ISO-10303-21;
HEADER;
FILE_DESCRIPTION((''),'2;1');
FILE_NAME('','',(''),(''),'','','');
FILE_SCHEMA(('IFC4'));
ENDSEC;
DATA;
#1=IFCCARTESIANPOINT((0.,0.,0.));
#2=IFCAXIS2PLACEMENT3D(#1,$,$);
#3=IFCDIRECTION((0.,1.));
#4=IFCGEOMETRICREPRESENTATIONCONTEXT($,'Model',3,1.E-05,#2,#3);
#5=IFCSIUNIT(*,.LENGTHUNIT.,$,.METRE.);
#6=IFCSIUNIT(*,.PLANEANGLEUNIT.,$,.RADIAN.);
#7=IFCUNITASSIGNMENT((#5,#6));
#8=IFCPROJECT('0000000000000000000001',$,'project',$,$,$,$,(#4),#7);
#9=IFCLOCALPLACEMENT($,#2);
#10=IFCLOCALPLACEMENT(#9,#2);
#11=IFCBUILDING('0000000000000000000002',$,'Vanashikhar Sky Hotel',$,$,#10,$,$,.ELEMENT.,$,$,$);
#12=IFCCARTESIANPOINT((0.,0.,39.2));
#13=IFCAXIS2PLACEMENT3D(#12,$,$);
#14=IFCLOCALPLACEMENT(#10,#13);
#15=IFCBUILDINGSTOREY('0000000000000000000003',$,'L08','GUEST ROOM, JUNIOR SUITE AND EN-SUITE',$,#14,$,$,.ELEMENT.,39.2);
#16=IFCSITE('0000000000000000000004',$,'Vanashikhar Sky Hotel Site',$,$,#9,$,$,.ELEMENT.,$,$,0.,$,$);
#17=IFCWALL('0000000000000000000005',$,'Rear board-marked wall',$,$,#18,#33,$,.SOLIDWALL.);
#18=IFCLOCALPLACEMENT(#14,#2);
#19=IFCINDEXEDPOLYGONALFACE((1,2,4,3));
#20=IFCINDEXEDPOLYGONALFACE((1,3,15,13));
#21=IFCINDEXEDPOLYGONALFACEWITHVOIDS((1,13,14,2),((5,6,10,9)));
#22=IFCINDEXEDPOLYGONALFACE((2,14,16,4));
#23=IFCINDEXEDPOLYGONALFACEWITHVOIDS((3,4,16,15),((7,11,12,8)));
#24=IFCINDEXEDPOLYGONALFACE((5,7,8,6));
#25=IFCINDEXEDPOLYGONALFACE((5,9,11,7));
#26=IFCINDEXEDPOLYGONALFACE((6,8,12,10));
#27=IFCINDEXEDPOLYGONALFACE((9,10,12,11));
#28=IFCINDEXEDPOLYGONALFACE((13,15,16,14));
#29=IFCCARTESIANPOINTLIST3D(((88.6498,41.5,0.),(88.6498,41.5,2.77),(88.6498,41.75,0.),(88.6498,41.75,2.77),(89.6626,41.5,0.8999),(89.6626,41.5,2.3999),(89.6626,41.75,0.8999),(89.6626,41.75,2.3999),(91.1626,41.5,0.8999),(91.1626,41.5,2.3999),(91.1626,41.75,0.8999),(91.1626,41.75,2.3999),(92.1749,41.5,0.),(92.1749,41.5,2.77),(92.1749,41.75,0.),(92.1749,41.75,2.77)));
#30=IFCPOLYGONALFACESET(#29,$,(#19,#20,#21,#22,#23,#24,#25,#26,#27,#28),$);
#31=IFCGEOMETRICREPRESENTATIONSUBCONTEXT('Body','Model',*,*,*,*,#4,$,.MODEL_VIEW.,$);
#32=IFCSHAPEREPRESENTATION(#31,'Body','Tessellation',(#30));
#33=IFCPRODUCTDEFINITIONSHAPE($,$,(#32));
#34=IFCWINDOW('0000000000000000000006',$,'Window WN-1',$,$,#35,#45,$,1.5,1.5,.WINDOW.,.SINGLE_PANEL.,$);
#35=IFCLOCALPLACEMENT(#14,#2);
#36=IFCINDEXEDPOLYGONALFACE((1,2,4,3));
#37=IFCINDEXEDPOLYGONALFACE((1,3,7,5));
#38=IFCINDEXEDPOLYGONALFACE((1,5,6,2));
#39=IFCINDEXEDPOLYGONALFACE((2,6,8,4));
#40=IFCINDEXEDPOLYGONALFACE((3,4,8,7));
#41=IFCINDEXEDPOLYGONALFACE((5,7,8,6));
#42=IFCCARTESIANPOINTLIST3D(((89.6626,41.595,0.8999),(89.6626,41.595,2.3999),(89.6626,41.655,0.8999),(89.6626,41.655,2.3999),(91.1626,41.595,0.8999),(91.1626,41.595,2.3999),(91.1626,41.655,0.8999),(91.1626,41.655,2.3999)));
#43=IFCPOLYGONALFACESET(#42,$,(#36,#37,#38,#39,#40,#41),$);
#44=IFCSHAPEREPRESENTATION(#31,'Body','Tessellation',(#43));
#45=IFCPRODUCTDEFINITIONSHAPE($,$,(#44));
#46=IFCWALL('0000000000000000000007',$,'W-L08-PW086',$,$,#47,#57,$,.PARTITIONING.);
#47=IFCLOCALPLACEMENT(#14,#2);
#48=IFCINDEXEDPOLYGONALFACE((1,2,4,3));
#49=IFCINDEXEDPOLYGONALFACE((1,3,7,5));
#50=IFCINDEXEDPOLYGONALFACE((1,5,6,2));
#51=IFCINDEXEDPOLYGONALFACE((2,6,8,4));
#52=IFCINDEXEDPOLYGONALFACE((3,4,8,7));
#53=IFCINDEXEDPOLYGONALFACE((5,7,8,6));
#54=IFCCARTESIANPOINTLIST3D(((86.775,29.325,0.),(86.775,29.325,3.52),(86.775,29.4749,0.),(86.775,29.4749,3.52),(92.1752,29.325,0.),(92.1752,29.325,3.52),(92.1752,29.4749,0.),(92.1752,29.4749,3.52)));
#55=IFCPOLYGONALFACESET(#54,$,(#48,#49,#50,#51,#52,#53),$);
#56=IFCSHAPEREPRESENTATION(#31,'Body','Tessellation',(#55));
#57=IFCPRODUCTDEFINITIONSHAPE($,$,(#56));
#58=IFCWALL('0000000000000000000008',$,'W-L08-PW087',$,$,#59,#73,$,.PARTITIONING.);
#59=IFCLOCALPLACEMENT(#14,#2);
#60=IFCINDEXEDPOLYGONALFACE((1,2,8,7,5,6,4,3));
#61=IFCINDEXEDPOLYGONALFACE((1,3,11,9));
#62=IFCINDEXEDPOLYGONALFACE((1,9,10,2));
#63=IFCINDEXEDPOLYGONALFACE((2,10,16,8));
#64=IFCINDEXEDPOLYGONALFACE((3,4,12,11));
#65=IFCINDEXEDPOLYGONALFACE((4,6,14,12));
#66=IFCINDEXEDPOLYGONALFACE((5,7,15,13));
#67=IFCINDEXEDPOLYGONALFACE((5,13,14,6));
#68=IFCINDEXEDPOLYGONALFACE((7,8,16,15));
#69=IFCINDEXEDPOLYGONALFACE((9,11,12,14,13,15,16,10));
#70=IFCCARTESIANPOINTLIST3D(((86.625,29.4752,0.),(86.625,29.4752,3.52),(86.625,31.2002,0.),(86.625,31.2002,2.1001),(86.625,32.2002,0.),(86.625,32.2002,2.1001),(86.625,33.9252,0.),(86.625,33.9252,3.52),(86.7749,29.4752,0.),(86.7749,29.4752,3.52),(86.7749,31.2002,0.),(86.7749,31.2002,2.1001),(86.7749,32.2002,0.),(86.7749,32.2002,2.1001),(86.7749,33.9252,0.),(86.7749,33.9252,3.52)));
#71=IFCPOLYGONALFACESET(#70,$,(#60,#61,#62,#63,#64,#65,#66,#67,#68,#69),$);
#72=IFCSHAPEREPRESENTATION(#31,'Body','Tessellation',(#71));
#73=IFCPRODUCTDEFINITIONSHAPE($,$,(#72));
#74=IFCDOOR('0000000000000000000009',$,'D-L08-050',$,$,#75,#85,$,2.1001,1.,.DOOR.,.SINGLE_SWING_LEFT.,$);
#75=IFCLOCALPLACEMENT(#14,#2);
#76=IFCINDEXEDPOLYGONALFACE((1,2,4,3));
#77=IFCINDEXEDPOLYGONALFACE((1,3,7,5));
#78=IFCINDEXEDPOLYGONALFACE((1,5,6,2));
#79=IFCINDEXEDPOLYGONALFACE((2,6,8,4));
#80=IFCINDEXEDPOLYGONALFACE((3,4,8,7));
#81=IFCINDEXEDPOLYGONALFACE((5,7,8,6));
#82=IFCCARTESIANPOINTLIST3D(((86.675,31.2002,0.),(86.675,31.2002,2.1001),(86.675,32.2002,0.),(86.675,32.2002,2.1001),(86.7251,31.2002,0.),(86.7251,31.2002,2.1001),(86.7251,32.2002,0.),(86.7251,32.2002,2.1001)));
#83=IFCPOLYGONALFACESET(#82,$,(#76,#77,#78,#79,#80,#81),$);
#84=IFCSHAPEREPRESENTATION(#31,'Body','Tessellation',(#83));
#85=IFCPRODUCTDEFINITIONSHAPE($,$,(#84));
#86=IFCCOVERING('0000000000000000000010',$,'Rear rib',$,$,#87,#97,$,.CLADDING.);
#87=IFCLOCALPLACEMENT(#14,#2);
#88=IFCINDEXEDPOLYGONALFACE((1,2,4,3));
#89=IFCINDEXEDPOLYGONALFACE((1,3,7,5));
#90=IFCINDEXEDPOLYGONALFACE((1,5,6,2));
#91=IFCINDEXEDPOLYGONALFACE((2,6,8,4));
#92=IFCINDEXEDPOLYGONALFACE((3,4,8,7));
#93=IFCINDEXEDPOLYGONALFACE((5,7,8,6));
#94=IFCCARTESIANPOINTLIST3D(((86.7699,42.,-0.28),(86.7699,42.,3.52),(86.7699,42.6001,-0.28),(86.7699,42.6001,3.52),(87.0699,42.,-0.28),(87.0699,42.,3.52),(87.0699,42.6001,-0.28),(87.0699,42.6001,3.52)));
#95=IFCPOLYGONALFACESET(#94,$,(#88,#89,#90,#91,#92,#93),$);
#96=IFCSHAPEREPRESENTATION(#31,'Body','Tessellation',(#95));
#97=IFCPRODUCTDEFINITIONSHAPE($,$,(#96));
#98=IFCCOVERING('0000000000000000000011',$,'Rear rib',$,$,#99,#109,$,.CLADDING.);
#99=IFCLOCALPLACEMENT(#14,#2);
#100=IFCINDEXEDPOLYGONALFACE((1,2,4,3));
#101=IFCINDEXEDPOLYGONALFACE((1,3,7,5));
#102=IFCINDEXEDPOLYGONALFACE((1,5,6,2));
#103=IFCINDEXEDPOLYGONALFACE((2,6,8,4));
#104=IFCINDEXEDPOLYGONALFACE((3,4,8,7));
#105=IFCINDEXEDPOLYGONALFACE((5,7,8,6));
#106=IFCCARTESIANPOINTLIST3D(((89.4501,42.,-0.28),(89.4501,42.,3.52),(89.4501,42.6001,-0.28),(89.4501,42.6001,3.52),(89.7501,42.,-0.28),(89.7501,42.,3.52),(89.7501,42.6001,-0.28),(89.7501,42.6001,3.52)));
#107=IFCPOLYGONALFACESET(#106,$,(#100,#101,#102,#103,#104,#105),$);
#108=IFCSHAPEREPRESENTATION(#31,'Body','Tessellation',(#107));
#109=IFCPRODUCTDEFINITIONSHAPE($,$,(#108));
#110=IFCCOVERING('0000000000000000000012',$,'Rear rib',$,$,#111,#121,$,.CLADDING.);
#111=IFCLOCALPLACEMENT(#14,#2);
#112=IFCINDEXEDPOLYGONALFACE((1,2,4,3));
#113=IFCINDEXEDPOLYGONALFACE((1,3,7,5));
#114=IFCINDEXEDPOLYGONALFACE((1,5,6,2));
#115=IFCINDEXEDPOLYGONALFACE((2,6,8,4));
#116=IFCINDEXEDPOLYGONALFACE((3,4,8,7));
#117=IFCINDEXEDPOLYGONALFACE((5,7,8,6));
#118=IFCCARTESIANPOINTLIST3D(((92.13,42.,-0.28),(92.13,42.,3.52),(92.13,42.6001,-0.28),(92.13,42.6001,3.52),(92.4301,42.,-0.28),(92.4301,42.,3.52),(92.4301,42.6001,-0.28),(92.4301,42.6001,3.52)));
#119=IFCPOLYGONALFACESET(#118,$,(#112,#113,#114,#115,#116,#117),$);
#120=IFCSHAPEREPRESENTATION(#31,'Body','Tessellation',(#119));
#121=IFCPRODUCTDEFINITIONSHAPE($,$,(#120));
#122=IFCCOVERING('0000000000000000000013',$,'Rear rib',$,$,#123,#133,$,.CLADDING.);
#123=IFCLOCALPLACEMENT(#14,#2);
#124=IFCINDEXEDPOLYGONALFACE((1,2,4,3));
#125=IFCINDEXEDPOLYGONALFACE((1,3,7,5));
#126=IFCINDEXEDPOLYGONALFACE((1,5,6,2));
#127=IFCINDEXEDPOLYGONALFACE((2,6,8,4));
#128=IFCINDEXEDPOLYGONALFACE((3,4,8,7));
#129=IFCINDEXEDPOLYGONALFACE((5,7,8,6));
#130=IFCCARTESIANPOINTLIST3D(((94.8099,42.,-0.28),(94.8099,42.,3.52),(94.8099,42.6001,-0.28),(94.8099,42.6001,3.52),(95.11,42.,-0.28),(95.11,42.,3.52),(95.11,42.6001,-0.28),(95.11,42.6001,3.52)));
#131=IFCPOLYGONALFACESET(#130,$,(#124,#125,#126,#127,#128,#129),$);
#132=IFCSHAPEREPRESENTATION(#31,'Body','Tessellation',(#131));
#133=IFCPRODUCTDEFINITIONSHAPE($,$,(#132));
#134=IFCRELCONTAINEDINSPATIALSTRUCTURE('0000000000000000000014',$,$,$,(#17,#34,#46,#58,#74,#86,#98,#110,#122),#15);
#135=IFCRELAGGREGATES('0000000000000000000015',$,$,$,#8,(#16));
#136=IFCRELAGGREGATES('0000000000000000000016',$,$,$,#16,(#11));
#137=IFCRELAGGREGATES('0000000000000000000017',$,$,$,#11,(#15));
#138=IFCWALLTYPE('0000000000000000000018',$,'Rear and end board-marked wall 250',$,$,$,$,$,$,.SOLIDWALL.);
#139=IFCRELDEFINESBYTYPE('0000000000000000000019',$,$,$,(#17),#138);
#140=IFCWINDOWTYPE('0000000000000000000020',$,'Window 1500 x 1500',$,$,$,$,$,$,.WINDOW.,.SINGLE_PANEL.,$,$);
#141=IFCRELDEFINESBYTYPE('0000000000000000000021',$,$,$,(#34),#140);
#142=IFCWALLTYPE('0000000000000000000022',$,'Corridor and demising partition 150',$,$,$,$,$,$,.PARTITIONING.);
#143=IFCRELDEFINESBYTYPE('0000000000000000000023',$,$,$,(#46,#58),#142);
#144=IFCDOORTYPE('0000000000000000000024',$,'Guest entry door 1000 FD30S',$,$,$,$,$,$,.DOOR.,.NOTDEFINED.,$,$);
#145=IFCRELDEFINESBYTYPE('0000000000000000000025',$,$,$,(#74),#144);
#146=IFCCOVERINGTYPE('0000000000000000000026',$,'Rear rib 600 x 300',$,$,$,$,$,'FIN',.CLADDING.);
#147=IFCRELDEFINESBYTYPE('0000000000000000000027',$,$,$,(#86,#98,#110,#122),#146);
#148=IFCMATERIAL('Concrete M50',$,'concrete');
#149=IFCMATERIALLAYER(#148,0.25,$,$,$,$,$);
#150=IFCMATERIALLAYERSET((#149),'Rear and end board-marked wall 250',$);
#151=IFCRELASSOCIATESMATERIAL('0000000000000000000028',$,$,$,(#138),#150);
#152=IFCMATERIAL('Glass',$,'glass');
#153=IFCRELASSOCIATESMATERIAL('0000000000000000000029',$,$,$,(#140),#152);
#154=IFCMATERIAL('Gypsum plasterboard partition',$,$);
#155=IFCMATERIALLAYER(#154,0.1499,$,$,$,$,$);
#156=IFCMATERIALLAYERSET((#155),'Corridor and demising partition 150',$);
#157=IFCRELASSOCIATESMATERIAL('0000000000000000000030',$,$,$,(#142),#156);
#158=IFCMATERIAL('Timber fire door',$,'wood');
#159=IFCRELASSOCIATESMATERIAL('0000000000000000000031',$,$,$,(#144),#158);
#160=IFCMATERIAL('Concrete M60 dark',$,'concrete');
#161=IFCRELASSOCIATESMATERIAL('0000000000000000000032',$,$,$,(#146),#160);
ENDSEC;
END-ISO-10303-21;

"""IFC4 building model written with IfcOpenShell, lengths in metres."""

from ifc_helpers import new_model, si_unit, direction, frame, frame_2d, origin, origin_2d, place, context, subcontext, project, spatial, rectangle, extrude, source, transform, mapped, material, layer, layer_set, material_profile, profile_set, type_object, element, fill, save


model = new_model("IFC4")

# Units and contexts
model_context = context("Model", 3, precision=1e-05, world=origin(), true_north=direction((0.0, 1.0)))
body_context = subcontext(model_context, "Body", "Model", "MODEL_VIEW")
ifc_project = project(units=[si_unit("LENGTHUNIT", "METRE"), si_unit("PLANEANGLEUNIT", "RADIAN")], contexts=[model_context])

# Site, building, storey
site_placement = place(None, origin())
site = spatial("IfcSite", under=ifc_project, at=site_placement, Name="Vanashikhar Sky Hotel Site", CompositionType="ELEMENT", RefElevation=0.0)
building_placement = place(site_placement, origin())
building = spatial("IfcBuilding", under=site, at=building_placement, Name="Vanashikhar Sky Hotel", CompositionType="ELEMENT")
storey_placement = place(building_placement, frame((0.0, 0.0, 39.2)))
storey = spatial("IfcBuildingStorey", under=building, at=storey_placement, Name="L08", Description="GUEST ROOM, JUNIOR SUITE AND EN-SUITE", CompositionType="ELEMENT", Elevation=39.2)

# Shared definitions
ifc_material_1 = material(Name="Concrete M50", Category="concrete")

# Wall, opening, window
ifc_material_2 = material(Name="Glass", Category="glass")
ifc_layer_1 = layer(ifc_material_1, 0.25)
ifc_layer_set_1 = layer_set([ifc_layer_1], Name="Rear and end board-marked wall 250")
wall_type_1 = type_object("IfcWallType", Name="Rear and end board-marked wall 250", PredefinedType="SOLIDWALL", material=ifc_layer_set_1)
shared_shape_1 = source(origin(), body_context, "Body", "SweptSolid", [
    extrude(rectangle(XDim=1.5, YDim=1.5, at=frame_2d((0.75, 0.75))), frame((0.0, 0.135, 0.0), z_axis=(0.0, -1.0, 0.0), x_axis=(1.0, 0.0, 0.0)), (0.0, 0.0, 1.0), 0.27),
])
window_type_1 = type_object("IfcWindowType", Name="Window 1500 x 1500", PartitioningType="SINGLE_PANEL", PredefinedType="WINDOW", material=ifc_material_2)
shared_shape_2 = source(origin(), body_context, "Body", "SweptSolid", [
    extrude(rectangle(XDim=1.5, YDim=1.5, at=frame_2d((0.75, 0.75))), frame((0.0, 0.03, 0.0), z_axis=(0.0, -1.0, 0.0), x_axis=(1.0, 0.0, 0.0)), (0.0, 0.0, 1.0), 0.0601),
])
shared_shape_3 = source(origin(), body_context, "Body", "SweptSolid", [
    extrude(rectangle(XDim=3.5251, YDim=0.25, at=frame_2d((1.7627, 0.0))), origin(), (0.0, 0.0, 1.0), 2.77),
])
wall_1_placement = place(storey_placement, frame((92.175, 41.625, 0.0), z_axis=(0.0, 0.0, 1.0), x_axis=(-1.0, 0.0, 0.0)))
wall_1 = element("IfcWall", 1, at=wall_1_placement, inside=storey, type_object=wall_type_1, Name="Rear board-marked wall", PredefinedType="SOLIDWALL", context=body_context, shape_type="MappedRepresentation", body=[
    mapped(shared_shape_3, transform((0.0, 0.0, 0.0), scale=1.0)),
])
opening_1_placement = place(wall_1_placement, frame((1.0125, 0.0, 0.8999)))
opening_1 = element("IfcOpeningElement", 2, at=opening_1_placement, cuts=wall_1, PredefinedType="OPENING", context=body_context, shape_type="MappedRepresentation", body=[
    mapped(shared_shape_1, transform((0.0, 0.0, 0.0), scale=1.0)),
])
window_1_placement = place(opening_1_placement, origin())
window_1 = element("IfcWindow", 3, at=window_1_placement, inside=storey, type_object=window_type_1, Name="Window WN-1", OverallHeight=1.5, OverallWidth=1.5, PartitioningType="SINGLE_PANEL", PredefinedType="WINDOW", context=body_context, shape_type="MappedRepresentation", body=[
    mapped(shared_shape_2, transform((0.0, 0.0, 0.0), scale=1.0)),
])
fill(opening_1, window_1)

# Wall
ifc_material_3 = material(Name="Gypsum plasterboard partition")
ifc_layer_2 = layer(ifc_material_3, 0.1499)
ifc_layer_set_2 = layer_set([ifc_layer_2], Name="Corridor and demising partition 150")
wall_type_2 = type_object("IfcWallType", Name="Corridor and demising partition 150", PredefinedType="PARTITIONING", material=ifc_layer_set_2)
shared_shape_4 = source(origin(), body_context, "Body", "SweptSolid", [
    extrude(rectangle(XDim=5.4001, YDim=0.1499, at=frame_2d((2.7002, 0.0))), origin(), (0.0, 0.0, 1.0), 3.52),
])
wall_2_placement = place(storey_placement, frame((86.7749, 29.3999, 0.0), z_axis=(0.0, 0.0, 1.0), x_axis=(1.0, 0.0, 0.0)))
element("IfcWall", 4, at=wall_2_placement, inside=storey, type_object=wall_type_2, Name="W-L08-PW086", PredefinedType="PARTITIONING", context=body_context, shape_type="MappedRepresentation", body=[
    mapped(shared_shape_4, transform((0.0, 0.0, 0.0), scale=1.0)),
])

# Wall, opening, door
shared_shape_5 = source(origin(), body_context, "Body", "SweptSolid", [
    extrude(rectangle(XDim=4.45, YDim=0.1499, at=frame_2d((2.2251, 0.0))), origin(), (0.0, 0.0, 1.0), 3.52),
])
wall_3_placement = place(storey_placement, frame((86.7, 29.4751, 0.0), z_axis=(0.0, 0.0, 1.0), x_axis=(0.0, 1.0, 0.0)))
wall_3 = element("IfcWall", 5, at=wall_3_placement, inside=storey, type_object=wall_type_2, Name="W-L08-PW087", PredefinedType="PARTITIONING", context=body_context, shape_type="MappedRepresentation", body=[
    mapped(shared_shape_5, transform((0.0, 0.0, 0.0), scale=1.0)),
])
shared_shape_6 = source(origin(), body_context, "Body", "SweptSolid", [
    extrude(rectangle(XDim=1.0, YDim=2.1001, at=frame_2d((0.5, 1.05))), frame((0.0, 0.085, 0.0), z_axis=(0.0, -1.0, 0.0), x_axis=(1.0, 0.0, 0.0)), (0.0, 0.0, 1.0), 0.1699),
])
opening_2_placement = place(wall_3_placement, frame((1.7251, 0.0, 0.0)))
opening_2 = element("IfcOpeningElement", 6, at=opening_2_placement, cuts=wall_3, PredefinedType="OPENING", context=body_context, shape_type="MappedRepresentation", body=[
    mapped(shared_shape_6, transform((0.0, 0.0, 0.0), scale=1.0)),
])
ifc_material_4 = material(Name="Timber fire door", Category="wood")
door_type = type_object("IfcDoorType", Name="Guest entry door 1000 FD30S", OperationType="NOTDEFINED", PredefinedType="DOOR", material=ifc_material_4)
shared_shape_7 = source(origin(), body_context, "Body", "SweptSolid", [
    extrude(rectangle(XDim=1.0, YDim=2.1001, at=frame_2d((0.5, 1.05))), frame((0.0, 0.0249, 0.0), z_axis=(0.0, -1.0, 0.0), x_axis=(1.0, 0.0, 0.0)), (0.0, 0.0, 1.0), 0.05),
])
door_placement = place(opening_2_placement, origin())
door = element("IfcDoor", 7, at=door_placement, inside=storey, type_object=door_type, Name="D-L08-050", OperationType="SINGLE_SWING_LEFT", OverallHeight=2.1001, OverallWidth=1.0, PredefinedType="DOOR", context=body_context, shape_type="MappedRepresentation", body=[
    mapped(shared_shape_7, transform((0.0, 0.0, 0.0), scale=1.0)),
])
fill(opening_2, door)

# Coverings
ifc_material_5 = material(Name="Concrete M60 dark", Category="concrete")
ifc_material_profile_1 = material_profile(ifc_material_5, rectangle(XDim=0.6001, YDim=0.3, at=origin_2d()))
ifc_profile_set_1 = profile_set([ifc_material_profile_1], Name="Rear rib 600 x 300")
covering_type = type_object("IfcCoveringType", Name="Rear rib 600 x 300", ElementType="FIN", PredefinedType="CLADDING", material=ifc_profile_set_1)
shared_shape_8 = source(origin(), body_context, "Body", "SweptSolid", [
    extrude(rectangle(XDim=0.6001, YDim=0.3, at=origin_2d()), origin(), (0.0, 0.0, 1.0), 3.8),
])
for number, where, z_axis, x_axis, name in (
    (8, (86.9199, 42.3, -0.28), (0.0, 0.0, 1.0), (0.0, 1.0, 0.0), "Rear rib"),
    (9, (89.6001, 42.3, -0.28), (0.0, 0.0, 1.0), (0.0, 1.0, 0.0), "Rear rib"),
    (10, (92.28, 42.3, -0.28), (0.0, 0.0, 1.0), (0.0, 1.0, 0.0), "Rear rib"),
    (11, (94.96, 42.3, -0.28), (0.0, 0.0, 1.0), (0.0, 1.0, 0.0), "Rear rib"),
):
    element("IfcCovering", number, at=place(storey_placement, frame(where, z_axis=z_axis, x_axis=x_axis)), inside=storey, type_object=covering_type, Name=name, PredefinedType="CLADDING", context=body_context, shape_type="MappedRepresentation", body=[
        mapped(shared_shape_8, transform((0.0, 0.0, 0.0), scale=1.0)),
    ])

save(model, "model.ifc")
